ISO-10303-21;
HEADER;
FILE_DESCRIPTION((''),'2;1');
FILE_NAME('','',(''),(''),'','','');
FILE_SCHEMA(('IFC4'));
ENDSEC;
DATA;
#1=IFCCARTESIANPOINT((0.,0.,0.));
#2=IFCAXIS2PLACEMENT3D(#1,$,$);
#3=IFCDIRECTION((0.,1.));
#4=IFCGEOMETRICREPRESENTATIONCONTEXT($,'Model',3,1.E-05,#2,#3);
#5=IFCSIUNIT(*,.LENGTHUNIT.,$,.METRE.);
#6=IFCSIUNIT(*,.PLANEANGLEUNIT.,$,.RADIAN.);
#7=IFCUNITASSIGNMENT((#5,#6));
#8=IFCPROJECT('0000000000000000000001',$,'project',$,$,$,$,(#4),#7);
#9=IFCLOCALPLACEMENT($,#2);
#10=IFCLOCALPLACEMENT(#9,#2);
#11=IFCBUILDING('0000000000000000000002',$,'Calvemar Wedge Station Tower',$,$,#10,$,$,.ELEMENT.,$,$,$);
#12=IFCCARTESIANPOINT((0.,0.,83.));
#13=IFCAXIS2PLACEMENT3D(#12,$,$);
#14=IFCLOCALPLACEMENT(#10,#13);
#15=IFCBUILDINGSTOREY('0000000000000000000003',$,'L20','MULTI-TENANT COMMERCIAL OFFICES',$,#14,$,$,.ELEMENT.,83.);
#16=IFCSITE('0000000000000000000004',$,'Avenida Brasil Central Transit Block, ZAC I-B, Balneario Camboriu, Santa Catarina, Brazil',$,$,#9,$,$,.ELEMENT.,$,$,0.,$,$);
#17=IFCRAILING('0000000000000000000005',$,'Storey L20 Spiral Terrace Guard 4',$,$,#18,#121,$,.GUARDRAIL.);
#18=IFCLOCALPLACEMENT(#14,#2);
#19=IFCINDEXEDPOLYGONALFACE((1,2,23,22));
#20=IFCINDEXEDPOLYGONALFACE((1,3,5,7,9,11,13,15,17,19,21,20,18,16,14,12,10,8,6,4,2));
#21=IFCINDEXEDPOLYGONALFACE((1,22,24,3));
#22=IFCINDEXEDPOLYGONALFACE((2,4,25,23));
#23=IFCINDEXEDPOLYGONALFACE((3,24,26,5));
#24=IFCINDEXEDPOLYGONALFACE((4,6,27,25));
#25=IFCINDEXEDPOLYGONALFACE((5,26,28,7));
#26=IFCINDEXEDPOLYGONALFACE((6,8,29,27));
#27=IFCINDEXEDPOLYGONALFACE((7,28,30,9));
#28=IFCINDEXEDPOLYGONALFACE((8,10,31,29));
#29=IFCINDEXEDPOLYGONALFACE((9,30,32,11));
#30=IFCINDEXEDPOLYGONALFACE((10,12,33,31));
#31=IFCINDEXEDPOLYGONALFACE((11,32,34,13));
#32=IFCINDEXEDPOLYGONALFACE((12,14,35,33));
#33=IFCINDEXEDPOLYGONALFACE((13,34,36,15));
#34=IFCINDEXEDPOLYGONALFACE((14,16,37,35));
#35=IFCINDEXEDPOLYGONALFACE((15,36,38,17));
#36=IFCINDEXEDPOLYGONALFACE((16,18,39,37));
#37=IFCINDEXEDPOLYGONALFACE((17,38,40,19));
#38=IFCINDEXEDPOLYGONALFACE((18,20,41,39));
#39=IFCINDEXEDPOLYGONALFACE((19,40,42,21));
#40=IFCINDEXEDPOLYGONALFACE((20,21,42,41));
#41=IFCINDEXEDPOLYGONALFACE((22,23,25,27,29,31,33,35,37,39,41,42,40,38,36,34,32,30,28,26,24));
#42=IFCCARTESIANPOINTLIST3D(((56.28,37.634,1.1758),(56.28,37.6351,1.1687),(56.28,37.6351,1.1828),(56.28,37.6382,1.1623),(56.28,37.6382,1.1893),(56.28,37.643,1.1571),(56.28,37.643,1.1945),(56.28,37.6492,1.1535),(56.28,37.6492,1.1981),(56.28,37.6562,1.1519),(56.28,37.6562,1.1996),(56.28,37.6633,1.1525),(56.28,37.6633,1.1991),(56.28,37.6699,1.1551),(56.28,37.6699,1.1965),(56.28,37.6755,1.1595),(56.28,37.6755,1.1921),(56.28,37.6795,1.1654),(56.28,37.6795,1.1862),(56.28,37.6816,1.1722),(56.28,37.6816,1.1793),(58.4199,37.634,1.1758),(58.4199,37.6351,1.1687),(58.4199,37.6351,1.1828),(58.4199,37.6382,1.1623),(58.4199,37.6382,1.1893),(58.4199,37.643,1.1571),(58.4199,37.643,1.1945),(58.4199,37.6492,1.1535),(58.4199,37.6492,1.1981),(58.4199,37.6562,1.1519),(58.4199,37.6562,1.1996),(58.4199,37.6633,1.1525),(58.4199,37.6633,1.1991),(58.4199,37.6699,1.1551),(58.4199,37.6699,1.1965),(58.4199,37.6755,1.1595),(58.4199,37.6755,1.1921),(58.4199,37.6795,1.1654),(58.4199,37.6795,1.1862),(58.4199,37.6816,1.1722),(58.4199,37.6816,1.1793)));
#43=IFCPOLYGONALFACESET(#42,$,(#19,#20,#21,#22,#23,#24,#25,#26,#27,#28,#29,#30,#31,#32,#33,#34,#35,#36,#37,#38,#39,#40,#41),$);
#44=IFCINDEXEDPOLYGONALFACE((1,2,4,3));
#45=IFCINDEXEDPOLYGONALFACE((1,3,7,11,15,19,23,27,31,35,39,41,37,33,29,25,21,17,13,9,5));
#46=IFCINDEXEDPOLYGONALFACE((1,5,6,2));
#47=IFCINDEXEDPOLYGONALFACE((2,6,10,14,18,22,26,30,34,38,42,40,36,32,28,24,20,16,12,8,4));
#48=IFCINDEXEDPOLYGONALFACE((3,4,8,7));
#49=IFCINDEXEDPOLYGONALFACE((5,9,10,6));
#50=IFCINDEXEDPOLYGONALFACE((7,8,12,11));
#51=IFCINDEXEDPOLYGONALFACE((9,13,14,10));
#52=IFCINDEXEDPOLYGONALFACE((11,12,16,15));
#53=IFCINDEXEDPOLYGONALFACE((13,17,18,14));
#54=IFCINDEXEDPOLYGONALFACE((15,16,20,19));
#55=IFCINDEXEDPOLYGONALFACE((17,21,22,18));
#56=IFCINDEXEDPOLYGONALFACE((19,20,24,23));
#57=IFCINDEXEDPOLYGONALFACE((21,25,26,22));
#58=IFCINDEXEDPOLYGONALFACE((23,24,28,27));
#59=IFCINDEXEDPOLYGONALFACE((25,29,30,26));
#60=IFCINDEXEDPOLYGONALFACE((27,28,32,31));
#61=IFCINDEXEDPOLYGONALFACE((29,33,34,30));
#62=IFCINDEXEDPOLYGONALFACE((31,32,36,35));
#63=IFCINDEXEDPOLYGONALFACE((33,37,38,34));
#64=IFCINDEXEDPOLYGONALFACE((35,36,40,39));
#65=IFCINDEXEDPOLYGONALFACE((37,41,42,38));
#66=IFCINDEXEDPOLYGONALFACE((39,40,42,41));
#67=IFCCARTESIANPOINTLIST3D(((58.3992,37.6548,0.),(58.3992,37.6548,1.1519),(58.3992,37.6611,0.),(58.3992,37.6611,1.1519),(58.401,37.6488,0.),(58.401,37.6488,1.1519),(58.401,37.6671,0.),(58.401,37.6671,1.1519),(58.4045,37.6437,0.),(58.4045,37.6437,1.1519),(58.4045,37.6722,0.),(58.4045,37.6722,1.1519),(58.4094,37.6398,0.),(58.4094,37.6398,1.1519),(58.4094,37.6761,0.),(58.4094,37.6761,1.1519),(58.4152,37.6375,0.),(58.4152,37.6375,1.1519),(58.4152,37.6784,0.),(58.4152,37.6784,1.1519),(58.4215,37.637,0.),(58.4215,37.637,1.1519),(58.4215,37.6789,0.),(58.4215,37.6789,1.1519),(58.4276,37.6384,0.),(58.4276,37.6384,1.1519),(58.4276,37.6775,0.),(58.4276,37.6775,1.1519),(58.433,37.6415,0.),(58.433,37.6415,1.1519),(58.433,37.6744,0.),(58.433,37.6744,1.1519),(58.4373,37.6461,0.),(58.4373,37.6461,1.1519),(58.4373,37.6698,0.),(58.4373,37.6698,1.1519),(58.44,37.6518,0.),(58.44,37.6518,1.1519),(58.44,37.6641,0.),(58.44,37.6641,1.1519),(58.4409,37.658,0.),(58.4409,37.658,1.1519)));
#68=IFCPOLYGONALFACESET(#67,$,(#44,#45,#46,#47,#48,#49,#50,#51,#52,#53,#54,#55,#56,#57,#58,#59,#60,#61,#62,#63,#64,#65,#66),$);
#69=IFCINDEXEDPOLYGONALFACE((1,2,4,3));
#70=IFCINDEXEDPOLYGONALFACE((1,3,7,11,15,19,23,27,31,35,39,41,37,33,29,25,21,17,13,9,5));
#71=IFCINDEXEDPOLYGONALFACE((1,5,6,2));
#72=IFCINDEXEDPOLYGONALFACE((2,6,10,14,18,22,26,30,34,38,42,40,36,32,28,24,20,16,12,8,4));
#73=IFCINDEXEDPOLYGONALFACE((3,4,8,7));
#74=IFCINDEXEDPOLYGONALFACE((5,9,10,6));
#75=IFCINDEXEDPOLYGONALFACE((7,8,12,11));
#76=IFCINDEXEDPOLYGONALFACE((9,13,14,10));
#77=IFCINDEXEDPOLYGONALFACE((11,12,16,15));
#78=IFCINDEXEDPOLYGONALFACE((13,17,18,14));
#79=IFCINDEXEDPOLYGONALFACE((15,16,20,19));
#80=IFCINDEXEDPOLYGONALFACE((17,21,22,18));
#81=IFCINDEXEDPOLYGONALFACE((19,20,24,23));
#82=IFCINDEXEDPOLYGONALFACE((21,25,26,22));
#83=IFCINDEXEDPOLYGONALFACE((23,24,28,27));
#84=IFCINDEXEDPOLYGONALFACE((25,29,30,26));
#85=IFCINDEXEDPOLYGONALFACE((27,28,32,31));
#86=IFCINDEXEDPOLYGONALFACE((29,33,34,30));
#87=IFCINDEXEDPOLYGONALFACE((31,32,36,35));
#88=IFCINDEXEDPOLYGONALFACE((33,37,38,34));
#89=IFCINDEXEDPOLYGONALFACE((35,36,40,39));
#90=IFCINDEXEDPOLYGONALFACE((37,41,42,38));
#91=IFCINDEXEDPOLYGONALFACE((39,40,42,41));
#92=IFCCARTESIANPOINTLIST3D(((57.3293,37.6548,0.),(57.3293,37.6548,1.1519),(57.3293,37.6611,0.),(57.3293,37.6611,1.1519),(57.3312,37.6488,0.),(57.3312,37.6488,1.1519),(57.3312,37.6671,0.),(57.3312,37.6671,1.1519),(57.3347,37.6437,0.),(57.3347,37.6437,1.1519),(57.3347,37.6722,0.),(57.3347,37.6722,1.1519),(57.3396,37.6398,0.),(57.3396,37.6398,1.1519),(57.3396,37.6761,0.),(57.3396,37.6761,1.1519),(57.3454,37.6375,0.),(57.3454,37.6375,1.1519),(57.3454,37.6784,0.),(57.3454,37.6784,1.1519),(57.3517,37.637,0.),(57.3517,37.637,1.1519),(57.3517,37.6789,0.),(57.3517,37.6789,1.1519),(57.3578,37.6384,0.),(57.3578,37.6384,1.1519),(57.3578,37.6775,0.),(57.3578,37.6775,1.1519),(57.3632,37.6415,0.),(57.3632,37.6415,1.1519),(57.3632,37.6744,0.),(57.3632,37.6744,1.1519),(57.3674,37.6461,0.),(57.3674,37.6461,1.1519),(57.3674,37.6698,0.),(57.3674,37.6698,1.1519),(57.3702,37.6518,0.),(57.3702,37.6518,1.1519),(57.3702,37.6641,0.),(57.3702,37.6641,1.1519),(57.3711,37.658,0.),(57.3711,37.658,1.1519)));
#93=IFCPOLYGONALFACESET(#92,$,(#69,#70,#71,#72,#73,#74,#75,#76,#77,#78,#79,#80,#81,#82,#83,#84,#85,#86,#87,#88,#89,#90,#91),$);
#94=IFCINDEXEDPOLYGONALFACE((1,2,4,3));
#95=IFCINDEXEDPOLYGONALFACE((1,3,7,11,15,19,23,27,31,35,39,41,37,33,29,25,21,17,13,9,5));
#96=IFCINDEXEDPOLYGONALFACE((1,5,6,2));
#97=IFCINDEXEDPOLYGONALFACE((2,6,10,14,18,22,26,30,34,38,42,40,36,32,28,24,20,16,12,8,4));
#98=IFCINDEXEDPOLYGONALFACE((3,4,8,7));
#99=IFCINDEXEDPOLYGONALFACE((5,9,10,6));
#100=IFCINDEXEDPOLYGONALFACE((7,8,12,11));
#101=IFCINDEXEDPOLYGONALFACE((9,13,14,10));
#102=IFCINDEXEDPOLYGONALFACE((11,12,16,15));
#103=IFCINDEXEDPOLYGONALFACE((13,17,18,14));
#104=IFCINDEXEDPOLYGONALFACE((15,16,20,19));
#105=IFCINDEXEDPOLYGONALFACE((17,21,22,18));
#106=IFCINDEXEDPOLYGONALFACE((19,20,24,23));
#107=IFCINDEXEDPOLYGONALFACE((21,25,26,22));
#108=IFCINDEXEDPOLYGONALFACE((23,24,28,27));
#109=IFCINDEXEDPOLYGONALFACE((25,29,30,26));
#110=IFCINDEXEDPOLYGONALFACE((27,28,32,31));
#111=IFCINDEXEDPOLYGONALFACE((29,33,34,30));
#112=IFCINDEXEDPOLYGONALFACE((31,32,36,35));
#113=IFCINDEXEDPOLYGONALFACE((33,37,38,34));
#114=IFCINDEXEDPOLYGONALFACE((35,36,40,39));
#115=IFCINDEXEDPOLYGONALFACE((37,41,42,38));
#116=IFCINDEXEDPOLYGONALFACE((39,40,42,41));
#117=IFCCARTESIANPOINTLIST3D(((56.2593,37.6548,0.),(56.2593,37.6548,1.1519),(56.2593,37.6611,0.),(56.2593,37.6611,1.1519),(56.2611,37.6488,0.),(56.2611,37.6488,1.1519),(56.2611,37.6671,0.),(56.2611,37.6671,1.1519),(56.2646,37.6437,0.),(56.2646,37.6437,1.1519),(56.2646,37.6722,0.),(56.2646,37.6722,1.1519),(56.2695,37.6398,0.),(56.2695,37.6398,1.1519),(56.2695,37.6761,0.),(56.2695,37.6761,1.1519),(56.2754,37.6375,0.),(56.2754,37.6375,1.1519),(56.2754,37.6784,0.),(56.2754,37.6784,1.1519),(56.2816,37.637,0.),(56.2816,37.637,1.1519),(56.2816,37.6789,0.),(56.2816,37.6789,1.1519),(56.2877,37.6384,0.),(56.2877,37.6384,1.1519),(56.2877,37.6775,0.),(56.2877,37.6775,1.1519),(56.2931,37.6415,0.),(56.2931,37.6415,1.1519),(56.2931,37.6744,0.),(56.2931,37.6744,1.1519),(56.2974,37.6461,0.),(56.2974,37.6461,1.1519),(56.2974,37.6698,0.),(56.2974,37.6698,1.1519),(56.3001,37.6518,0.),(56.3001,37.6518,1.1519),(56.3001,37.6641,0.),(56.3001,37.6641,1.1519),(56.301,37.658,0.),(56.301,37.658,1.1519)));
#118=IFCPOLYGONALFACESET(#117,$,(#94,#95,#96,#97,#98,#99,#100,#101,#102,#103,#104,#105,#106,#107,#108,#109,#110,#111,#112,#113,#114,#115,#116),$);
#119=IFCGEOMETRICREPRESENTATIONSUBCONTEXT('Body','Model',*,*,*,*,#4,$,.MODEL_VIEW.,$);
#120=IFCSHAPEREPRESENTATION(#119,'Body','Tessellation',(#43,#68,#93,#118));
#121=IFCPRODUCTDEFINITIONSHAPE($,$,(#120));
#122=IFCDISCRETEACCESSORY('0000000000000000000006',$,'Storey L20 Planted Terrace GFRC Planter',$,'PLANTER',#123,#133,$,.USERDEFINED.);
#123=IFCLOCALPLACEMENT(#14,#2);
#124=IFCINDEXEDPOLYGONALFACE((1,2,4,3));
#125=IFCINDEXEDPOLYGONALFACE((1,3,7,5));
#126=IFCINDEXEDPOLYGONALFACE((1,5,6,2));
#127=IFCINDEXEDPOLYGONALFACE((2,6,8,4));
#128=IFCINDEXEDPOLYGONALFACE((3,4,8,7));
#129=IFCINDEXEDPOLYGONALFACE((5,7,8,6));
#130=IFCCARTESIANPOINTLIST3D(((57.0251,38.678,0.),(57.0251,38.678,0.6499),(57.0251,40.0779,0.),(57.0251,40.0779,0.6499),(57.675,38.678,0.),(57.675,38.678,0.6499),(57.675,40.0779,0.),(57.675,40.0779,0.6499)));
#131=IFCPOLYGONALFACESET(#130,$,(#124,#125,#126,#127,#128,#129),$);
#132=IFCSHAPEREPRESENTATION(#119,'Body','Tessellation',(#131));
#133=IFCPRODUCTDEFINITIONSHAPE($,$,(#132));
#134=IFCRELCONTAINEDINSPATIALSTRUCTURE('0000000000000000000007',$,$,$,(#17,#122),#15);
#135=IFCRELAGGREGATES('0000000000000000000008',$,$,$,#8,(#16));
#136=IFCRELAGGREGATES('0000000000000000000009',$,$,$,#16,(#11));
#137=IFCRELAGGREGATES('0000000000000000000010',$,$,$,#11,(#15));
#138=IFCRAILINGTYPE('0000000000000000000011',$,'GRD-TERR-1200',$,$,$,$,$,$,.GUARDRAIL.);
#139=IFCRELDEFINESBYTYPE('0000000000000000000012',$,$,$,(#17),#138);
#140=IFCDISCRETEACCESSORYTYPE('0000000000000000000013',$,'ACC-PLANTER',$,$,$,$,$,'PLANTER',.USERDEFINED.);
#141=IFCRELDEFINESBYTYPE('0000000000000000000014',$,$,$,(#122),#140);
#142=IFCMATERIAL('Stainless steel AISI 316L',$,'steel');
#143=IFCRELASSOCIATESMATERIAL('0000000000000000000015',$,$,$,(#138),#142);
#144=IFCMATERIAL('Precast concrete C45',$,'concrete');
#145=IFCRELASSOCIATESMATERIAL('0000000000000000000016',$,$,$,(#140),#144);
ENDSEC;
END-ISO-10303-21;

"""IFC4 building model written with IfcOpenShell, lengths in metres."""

from ifc_helpers import new_model, si_unit, direction, frame, origin, origin_2d, place, context, subcontext, project, spatial, rectangle, circle, extrude, source, transform, mapped, material, type_object, element, save


model = new_model("IFC4")

# Units and contexts
model_context = context("Model", 3, precision=1e-05, world=origin(), true_north=direction((0.0, 1.0)))
body_context = subcontext(model_context, "Body", "Model", "MODEL_VIEW")
ifc_project = project(units=[si_unit("LENGTHUNIT", "METRE"), si_unit("PLANEANGLEUNIT", "RADIAN")], contexts=[model_context])

# Site, building, storey
site_placement = place(None, origin())
site = spatial("IfcSite", under=ifc_project, at=site_placement, Name="Avenida Brasil Central Transit Block, ZAC I-B, Balneario Camboriu, Santa Catarina, Brazil", CompositionType="ELEMENT", RefElevation=0.0)
building_placement = place(site_placement, origin())
building = spatial("IfcBuilding", under=site, at=building_placement, Name="Calvemar Wedge Station Tower", CompositionType="ELEMENT")
storey_placement = place(building_placement, frame((0.0, 0.0, 83.0)))
storey = spatial("IfcBuildingStorey", under=building, at=storey_placement, Name="L20", Description="MULTI-TENANT COMMERCIAL OFFICES", CompositionType="ELEMENT", Elevation=83.0)

# Shared definitions
ifc_material_1 = material(Name="Precast concrete C45", Category="concrete")

# Railing
ifc_material_2 = material(Name="Stainless steel AISI 316L", Category="steel")
railing_type = type_object("IfcRailingType", Name="GRD-TERR-1200", PredefinedType="GUARDRAIL", material=ifc_material_2)
railing_1_placement = place(storey_placement, frame((58.4199, 37.658, 0.0)))
element("IfcRailing", 1, at=railing_1_placement, inside=storey, type_object=railing_type, Name="Storey L20 Spiral Terrace Guard 4", PredefinedType="GUARDRAIL", context=body_context, shape_type="SweptSolid", body=[
    extrude(circle(Radius=0.0239, at=origin_2d()), frame((0.0, 0.0, 1.1758), z_axis=(-1.0, 0.0, 0.0), x_axis=(0.0, -1.0, 0.0)), (0.0, 0.0, 1.0), 2.1399),
    extrude(circle(Radius=0.021, at=origin_2d()), origin(), (0.0, 0.0, 1.0), 1.1519),
    extrude(circle(Radius=0.021, at=origin_2d()), frame((-1.0698, 0.0, 0.0)), (0.0, 0.0, 1.0), 1.1519),
    extrude(circle(Radius=0.021, at=origin_2d()), frame((-2.1399, 0.0, 0.0)), (0.0, 0.0, 1.0), 1.1519),
])

# Discrete accessory
discrete_accessory_type = type_object("IfcDiscreteAccessoryType", Name="ACC-PLANTER", ElementType="PLANTER", PredefinedType="USERDEFINED", material=ifc_material_1)
shared_shape_1 = source(origin(), body_context, "Body", "SweptSolid", [
    extrude(rectangle(XDim=0.6499, YDim=1.3999, at=origin_2d()), origin(), (0.0, 0.0, 1.0), 0.6499),
])
discrete_accessory_placement = place(storey_placement, frame((57.3501, 39.3779, 0.0), z_axis=(0.0, 0.0, 1.0), x_axis=(1.0, 0.0, 0.0)))
element("IfcDiscreteAccessory", 2, at=discrete_accessory_placement, inside=storey, type_object=discrete_accessory_type, Name="Storey L20 Planted Terrace GFRC Planter", ObjectType="PLANTER", PredefinedType="USERDEFINED", context=body_context, shape_type="MappedRepresentation", body=[
    mapped(shared_shape_1, transform((0.0, 0.0, 0.0), scale=1.0)),
])

save(model, "model.ifc")
